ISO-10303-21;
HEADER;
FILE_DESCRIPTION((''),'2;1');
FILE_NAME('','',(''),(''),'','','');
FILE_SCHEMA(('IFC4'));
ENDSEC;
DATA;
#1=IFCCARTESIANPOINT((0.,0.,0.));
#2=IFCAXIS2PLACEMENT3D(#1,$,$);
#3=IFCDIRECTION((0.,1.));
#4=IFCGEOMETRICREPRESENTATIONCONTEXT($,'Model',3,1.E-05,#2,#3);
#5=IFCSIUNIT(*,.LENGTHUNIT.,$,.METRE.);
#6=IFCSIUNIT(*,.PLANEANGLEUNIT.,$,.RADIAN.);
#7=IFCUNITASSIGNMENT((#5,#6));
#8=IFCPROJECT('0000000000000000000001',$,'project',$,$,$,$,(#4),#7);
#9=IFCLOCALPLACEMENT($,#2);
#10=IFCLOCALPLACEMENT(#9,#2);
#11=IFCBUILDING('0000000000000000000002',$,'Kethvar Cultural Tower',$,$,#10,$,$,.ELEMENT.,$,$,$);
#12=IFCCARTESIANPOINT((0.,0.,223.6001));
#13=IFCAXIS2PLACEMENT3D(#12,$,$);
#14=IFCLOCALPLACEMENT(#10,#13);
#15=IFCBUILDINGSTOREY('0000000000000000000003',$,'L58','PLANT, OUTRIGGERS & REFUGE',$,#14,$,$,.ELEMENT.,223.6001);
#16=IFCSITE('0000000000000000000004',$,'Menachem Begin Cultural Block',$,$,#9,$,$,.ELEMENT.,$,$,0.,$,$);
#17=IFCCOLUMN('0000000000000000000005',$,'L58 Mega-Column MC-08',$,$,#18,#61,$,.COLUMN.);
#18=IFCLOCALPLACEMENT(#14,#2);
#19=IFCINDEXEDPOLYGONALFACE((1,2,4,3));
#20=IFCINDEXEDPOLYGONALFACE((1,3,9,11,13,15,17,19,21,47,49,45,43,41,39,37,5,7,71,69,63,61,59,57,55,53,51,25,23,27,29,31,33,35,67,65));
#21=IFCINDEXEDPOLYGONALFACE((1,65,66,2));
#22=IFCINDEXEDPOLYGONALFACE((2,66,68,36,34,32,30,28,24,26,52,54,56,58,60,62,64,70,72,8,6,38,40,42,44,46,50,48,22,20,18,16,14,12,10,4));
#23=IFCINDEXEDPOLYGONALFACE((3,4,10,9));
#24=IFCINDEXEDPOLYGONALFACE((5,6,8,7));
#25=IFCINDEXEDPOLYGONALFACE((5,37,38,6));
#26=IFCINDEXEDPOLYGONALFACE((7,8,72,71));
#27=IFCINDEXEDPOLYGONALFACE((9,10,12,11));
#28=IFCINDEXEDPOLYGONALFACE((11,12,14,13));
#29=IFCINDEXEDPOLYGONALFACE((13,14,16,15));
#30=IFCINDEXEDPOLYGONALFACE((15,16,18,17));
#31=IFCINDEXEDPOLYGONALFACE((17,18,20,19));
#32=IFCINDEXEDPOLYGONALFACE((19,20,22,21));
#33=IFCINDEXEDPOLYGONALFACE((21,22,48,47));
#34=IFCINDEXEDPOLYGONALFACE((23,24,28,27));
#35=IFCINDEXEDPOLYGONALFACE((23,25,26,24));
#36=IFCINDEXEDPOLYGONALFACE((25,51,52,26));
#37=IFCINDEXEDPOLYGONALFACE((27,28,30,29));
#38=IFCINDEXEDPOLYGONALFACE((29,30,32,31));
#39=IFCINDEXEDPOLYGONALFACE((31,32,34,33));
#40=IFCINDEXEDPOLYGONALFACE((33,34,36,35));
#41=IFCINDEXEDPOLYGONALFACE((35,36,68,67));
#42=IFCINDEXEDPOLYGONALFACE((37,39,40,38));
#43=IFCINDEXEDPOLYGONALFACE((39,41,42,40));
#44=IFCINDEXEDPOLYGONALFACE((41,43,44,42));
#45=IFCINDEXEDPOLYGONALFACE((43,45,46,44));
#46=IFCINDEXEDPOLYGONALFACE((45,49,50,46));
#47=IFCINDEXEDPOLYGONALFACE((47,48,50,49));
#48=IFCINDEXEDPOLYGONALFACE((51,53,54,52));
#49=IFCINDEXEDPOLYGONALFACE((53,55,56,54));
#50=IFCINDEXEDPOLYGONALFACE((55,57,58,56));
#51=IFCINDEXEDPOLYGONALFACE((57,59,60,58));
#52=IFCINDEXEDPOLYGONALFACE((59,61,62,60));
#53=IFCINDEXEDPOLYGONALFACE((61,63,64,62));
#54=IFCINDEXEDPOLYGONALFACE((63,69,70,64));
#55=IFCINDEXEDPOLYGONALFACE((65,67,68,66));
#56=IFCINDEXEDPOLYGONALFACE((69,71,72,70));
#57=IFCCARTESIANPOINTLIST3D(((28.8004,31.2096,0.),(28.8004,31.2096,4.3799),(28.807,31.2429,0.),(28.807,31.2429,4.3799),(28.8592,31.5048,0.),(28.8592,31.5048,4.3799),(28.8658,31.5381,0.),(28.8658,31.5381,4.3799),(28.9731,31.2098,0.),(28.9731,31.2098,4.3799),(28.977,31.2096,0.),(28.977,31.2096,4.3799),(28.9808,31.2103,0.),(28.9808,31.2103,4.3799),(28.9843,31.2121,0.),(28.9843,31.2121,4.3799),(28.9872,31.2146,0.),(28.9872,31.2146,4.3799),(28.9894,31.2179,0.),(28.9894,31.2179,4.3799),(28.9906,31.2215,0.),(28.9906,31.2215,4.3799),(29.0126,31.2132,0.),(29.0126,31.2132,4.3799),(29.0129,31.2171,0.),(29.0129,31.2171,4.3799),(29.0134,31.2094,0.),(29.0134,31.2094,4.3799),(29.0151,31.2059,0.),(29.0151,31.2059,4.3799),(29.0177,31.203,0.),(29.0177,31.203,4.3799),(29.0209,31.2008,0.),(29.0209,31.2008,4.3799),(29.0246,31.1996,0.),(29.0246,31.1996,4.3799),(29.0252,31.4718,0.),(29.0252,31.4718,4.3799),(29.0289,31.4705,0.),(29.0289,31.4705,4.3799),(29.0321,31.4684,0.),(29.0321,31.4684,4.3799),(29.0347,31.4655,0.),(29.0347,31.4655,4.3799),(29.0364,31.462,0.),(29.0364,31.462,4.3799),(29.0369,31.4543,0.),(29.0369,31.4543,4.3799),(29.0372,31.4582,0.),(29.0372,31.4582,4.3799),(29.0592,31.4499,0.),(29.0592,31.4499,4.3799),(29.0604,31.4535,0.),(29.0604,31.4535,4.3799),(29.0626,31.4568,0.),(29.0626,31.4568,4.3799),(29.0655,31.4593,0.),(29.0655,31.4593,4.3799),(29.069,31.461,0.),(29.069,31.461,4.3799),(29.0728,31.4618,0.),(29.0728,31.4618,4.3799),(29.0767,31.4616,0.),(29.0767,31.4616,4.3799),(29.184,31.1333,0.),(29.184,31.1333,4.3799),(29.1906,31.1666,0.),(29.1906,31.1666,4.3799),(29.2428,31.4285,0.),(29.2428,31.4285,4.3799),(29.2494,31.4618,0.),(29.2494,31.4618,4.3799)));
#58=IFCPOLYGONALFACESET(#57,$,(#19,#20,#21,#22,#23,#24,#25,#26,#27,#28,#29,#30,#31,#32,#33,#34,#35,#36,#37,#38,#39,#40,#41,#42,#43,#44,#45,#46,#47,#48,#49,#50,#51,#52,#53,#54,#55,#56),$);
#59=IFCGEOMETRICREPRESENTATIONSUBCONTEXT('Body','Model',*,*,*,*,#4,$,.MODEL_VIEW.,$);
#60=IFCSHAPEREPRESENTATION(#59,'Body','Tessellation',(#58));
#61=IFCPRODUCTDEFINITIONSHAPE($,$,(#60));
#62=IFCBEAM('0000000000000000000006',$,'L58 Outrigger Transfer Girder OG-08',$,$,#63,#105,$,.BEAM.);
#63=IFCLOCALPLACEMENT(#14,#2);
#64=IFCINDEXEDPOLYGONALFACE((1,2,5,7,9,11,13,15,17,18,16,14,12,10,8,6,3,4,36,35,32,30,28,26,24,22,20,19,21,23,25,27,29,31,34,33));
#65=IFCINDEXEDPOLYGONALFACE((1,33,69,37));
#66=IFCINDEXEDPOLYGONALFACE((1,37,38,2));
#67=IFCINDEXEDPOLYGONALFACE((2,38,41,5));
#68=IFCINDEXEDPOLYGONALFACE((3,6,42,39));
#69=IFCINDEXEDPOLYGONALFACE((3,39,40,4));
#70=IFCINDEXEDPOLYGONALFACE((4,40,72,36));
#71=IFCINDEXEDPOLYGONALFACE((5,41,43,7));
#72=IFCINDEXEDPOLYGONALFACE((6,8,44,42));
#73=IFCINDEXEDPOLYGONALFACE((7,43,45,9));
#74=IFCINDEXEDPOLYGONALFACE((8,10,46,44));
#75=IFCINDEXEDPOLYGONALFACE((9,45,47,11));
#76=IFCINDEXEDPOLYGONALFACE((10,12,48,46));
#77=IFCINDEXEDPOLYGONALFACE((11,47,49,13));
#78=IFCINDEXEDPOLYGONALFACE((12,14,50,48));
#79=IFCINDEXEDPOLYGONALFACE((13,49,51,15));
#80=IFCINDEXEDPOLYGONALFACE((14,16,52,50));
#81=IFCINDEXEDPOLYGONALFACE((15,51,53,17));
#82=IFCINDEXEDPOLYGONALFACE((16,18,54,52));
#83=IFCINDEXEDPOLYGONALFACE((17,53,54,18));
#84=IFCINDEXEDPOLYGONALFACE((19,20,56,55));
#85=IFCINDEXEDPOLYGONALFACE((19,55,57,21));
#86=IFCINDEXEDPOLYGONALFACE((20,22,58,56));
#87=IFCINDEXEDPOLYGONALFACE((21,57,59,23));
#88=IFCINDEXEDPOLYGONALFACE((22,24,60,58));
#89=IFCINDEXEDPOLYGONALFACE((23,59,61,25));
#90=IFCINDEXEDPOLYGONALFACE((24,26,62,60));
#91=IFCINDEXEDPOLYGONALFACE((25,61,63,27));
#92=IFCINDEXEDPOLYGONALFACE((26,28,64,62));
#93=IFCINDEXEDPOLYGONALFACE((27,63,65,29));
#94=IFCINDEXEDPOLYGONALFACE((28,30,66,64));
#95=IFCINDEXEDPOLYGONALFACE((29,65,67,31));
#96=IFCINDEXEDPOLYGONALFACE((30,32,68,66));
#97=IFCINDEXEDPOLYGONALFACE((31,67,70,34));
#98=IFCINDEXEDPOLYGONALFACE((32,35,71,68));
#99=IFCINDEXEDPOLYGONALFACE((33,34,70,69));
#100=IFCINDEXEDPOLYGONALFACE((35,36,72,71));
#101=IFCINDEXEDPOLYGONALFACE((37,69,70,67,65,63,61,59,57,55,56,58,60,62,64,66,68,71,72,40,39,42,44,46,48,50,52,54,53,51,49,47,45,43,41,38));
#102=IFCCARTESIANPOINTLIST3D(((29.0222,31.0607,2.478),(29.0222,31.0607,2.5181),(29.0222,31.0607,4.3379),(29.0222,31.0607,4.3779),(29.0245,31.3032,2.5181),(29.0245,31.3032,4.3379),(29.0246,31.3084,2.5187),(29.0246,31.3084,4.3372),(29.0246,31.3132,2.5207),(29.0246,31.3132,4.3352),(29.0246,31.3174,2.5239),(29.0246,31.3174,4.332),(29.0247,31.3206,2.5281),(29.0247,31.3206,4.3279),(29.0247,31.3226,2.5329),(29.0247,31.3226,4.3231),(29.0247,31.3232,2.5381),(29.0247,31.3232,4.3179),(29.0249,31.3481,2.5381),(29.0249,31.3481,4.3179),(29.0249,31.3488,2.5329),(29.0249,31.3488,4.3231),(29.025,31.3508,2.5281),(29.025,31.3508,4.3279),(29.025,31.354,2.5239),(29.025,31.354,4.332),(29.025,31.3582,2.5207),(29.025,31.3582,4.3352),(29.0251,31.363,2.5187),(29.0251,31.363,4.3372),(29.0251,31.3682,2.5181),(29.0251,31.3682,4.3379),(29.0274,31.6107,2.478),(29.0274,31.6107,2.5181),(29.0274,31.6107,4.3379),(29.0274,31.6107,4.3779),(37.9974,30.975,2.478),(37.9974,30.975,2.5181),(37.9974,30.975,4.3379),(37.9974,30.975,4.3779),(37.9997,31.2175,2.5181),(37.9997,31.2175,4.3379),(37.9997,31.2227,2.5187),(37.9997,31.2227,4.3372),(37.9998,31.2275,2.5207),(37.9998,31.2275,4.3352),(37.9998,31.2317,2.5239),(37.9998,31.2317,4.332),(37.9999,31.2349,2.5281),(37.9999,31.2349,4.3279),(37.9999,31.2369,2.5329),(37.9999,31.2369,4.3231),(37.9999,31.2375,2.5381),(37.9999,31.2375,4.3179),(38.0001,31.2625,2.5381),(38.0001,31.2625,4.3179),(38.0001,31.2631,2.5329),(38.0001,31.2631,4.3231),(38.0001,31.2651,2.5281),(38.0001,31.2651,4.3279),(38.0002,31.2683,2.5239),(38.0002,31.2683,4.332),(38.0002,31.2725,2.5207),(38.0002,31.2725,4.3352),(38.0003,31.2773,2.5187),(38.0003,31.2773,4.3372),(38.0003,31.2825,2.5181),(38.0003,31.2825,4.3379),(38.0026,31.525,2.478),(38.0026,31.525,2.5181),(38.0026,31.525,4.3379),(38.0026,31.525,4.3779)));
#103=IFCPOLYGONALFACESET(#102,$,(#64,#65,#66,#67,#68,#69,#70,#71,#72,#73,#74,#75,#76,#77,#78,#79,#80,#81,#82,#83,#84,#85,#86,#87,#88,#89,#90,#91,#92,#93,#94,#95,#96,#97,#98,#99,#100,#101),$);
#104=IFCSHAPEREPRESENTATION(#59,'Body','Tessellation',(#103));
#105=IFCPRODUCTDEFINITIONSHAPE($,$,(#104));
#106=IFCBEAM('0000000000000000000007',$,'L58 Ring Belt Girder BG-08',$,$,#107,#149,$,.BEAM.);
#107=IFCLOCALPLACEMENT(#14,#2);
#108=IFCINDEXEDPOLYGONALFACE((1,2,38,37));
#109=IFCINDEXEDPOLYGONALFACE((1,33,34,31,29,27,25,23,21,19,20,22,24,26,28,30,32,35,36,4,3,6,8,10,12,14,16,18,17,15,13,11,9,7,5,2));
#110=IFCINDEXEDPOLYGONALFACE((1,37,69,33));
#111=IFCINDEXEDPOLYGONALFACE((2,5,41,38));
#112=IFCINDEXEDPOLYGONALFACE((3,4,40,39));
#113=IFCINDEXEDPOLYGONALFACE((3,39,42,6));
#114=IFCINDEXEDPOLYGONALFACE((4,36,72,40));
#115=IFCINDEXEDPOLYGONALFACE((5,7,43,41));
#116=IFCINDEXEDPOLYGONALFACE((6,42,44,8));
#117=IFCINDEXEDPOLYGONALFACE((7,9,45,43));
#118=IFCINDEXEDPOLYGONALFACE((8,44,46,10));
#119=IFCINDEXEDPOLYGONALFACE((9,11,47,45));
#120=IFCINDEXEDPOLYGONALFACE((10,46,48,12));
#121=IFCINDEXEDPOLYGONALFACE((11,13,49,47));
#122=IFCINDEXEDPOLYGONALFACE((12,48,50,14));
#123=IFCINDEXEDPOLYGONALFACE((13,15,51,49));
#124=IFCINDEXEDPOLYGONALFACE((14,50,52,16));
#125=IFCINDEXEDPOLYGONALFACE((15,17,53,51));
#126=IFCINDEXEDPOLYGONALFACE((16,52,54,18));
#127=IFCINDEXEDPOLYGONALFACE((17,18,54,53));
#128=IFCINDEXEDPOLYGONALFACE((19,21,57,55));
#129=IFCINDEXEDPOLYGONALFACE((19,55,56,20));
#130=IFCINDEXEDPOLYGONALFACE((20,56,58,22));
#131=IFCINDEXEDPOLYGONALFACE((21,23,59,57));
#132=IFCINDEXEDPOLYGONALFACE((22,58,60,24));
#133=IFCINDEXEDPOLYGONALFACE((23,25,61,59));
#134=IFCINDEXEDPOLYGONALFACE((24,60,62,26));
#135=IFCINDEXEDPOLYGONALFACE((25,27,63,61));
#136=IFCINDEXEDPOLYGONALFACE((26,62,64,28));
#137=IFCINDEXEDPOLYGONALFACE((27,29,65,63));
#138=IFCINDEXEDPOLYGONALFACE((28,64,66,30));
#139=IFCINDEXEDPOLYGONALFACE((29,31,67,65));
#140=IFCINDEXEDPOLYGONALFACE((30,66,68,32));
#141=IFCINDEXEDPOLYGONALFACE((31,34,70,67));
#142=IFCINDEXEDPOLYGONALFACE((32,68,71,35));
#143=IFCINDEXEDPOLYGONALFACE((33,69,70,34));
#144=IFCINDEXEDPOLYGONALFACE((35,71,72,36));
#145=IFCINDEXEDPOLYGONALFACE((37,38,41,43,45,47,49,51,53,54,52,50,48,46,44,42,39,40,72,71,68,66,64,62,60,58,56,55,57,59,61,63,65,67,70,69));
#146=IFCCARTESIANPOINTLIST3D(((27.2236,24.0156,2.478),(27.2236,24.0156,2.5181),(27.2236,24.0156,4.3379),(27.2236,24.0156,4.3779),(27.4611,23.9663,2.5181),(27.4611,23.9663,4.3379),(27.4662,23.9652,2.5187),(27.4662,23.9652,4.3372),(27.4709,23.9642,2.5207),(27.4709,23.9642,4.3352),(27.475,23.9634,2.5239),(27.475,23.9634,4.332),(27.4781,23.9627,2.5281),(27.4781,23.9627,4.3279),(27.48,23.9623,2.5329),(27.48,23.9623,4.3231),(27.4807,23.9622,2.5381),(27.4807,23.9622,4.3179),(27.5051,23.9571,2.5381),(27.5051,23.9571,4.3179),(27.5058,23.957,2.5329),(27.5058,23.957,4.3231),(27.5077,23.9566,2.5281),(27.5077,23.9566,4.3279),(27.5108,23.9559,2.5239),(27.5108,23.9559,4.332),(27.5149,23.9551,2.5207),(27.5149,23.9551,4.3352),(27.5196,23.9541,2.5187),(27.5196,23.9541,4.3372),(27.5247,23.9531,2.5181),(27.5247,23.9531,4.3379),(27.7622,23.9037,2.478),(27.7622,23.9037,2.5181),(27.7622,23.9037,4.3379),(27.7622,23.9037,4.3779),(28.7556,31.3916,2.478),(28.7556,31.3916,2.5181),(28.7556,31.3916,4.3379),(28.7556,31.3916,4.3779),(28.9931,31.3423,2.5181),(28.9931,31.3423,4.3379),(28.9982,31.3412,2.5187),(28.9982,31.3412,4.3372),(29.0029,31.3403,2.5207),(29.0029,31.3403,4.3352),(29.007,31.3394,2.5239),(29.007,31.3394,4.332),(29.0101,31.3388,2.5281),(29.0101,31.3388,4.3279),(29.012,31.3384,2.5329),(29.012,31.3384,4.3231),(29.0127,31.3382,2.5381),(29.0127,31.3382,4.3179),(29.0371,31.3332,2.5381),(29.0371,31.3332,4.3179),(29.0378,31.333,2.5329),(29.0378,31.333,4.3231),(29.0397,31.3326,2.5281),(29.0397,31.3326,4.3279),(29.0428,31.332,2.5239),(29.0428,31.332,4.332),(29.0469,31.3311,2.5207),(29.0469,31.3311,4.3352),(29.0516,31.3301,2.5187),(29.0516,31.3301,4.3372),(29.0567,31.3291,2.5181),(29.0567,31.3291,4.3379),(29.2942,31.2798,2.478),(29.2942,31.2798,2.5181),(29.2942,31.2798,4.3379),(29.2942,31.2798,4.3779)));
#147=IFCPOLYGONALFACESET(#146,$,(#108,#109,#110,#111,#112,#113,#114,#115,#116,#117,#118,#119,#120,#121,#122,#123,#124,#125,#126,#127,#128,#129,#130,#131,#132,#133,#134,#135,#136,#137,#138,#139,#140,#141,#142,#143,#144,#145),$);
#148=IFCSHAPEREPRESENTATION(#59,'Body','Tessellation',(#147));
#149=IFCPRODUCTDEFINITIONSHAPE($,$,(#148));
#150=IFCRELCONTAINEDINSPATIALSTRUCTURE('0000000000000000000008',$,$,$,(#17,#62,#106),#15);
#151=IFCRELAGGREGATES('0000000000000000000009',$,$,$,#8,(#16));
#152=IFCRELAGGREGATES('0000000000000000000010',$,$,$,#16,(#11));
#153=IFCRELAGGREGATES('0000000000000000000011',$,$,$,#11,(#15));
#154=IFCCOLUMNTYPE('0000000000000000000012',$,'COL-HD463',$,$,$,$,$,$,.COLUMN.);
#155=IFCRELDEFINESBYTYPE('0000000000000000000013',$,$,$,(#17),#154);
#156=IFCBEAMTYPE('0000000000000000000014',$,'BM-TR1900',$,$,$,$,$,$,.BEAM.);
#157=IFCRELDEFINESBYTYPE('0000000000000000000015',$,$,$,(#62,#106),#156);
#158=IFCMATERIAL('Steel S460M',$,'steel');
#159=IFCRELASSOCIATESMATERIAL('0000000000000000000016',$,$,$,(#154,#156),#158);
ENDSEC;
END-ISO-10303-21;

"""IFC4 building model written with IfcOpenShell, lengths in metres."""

from ifc_helpers import new_model, si_unit, direction, frame, origin, origin_2d, place, context, subcontext, project, spatial, i_section, extrude, source, transform, mapped, material, material_profile, profile_set, type_object, element, save


model = new_model("IFC4")

# Units and contexts
model_context = context("Model", 3, precision=1e-05, world=origin(), true_north=direction((0.0, 1.0)))
body_context = subcontext(model_context, "Body", "Model", "MODEL_VIEW")
ifc_project = project(units=[si_unit("LENGTHUNIT", "METRE"), si_unit("PLANEANGLEUNIT", "RADIAN")], contexts=[model_context])

# Site, building, storey
site_placement = place(None, origin())
site = spatial("IfcSite", under=ifc_project, at=site_placement, Name="Menachem Begin Cultural Block", CompositionType="ELEMENT", RefElevation=0.0)
building_placement = place(site_placement, origin())
building = spatial("IfcBuilding", under=site, at=building_placement, Name="Kethvar Cultural Tower", CompositionType="ELEMENT")
storey_placement = place(building_placement, frame((0.0, 0.0, 223.6001)))
storey = spatial("IfcBuildingStorey", under=building, at=storey_placement, Name="L58", Description="PLANT, OUTRIGGERS & REFUGE", CompositionType="ELEMENT", Elevation=223.6001)

# Column
ifc_material_1 = material(Name="Steel S460M", Category="steel")
ifc_material_profile_1 = material_profile(ifc_material_1, i_section(OverallWidth=0.3911, OverallDepth=0.335, WebThickness=0.0227, FlangeThickness=0.0339, FilletRadius=0.0149, at=origin_2d()), Name="Steel S460M — HD400x463")
ifc_profile_set_1 = profile_set([ifc_material_profile_1], Name="Steel S460M — HD400x463")
column_type = type_object("IfcColumnType", Name="COL-HD463", PredefinedType="COLUMN", material=ifc_profile_set_1)
shared_shape_1 = source(origin(), body_context, "Body", "SweptSolid", [
    extrude(i_section(OverallWidth=0.3911, OverallDepth=0.335, WebThickness=0.0227, FlangeThickness=0.0339, FilletRadius=0.0149, at=origin_2d()), origin(), (0.0, 0.0, 1.0), 4.3799),
])
column_placement = place(storey_placement, frame((29.0249, 31.3357, 0.0), z_axis=(0.0, 0.0, 1.0), x_axis=(-0.980785, 0.19509, 0.0)))
element("IfcColumn", 1, at=column_placement, inside=storey, type_object=column_type, Name="L58 Mega-Column MC-08", PredefinedType="COLUMN", context=body_context, shape_type="MappedRepresentation", body=[
    mapped(shared_shape_1, transform((0.0, 0.0, 0.0), scale=1.0)),
])

# Beams
ifc_material_profile_2 = material_profile(ifc_material_1, i_section(OverallWidth=0.55, OverallDepth=1.8999, WebThickness=0.0249, FlangeThickness=0.04, FilletRadius=0.02, at=origin_2d()), Name="Steel S460M — PG1900x550x40x25")
ifc_profile_set_2 = profile_set([ifc_material_profile_2], Name="Steel S460M — PG1900x550x40x25")
beam_type = type_object("IfcBeamType", Name="BM-TR1900", PredefinedType="BEAM", material=ifc_profile_set_2)
shared_shape_2 = source(origin(), body_context, "Body", "SweptSolid", [
    extrude(i_section(OverallWidth=0.55, OverallDepth=1.8999, WebThickness=0.0249, FlangeThickness=0.04, FilletRadius=0.02, at=origin_2d()), origin(), (0.0, 0.0, 1.0), 8.9756),
])
beam_1_placement = place(storey_placement, frame((38.0, 31.25, 3.428), z_axis=(-0.999954, 0.009547, 0.0), x_axis=(-0.009547, -0.999954, 0.0)))
element("IfcBeam", 2, at=beam_1_placement, inside=storey, type_object=beam_type, Name="L58 Outrigger Transfer Girder OG-08", PredefinedType="BEAM", context=body_context, shape_type="MappedRepresentation", body=[
    mapped(shared_shape_2, transform((0.0, 0.0, 0.0), scale=1.0)),
])
shared_shape_3 = source(origin(), body_context, "Body", "SweptSolid", [
    extrude(i_section(OverallWidth=0.55, OverallDepth=1.8999, WebThickness=0.0249, FlangeThickness=0.04, FilletRadius=0.02, at=origin_2d()), origin(), (0.0, 0.0, 1.0), 7.5334),
])
beam_2_placement = place(storey_placement, frame((29.0249, 31.3357, 3.428), z_axis=(-0.203359, -0.979104, 0.0), x_axis=(0.979104, -0.203359, 0.0)))
element("IfcBeam", 3, at=beam_2_placement, inside=storey, type_object=beam_type, Name="L58 Ring Belt Girder BG-08", PredefinedType="BEAM", context=body_context, shape_type="MappedRepresentation", body=[
    mapped(shared_shape_3, transform((0.0, 0.0, 0.0), scale=1.0)),
])

save(model, "model.ifc")
